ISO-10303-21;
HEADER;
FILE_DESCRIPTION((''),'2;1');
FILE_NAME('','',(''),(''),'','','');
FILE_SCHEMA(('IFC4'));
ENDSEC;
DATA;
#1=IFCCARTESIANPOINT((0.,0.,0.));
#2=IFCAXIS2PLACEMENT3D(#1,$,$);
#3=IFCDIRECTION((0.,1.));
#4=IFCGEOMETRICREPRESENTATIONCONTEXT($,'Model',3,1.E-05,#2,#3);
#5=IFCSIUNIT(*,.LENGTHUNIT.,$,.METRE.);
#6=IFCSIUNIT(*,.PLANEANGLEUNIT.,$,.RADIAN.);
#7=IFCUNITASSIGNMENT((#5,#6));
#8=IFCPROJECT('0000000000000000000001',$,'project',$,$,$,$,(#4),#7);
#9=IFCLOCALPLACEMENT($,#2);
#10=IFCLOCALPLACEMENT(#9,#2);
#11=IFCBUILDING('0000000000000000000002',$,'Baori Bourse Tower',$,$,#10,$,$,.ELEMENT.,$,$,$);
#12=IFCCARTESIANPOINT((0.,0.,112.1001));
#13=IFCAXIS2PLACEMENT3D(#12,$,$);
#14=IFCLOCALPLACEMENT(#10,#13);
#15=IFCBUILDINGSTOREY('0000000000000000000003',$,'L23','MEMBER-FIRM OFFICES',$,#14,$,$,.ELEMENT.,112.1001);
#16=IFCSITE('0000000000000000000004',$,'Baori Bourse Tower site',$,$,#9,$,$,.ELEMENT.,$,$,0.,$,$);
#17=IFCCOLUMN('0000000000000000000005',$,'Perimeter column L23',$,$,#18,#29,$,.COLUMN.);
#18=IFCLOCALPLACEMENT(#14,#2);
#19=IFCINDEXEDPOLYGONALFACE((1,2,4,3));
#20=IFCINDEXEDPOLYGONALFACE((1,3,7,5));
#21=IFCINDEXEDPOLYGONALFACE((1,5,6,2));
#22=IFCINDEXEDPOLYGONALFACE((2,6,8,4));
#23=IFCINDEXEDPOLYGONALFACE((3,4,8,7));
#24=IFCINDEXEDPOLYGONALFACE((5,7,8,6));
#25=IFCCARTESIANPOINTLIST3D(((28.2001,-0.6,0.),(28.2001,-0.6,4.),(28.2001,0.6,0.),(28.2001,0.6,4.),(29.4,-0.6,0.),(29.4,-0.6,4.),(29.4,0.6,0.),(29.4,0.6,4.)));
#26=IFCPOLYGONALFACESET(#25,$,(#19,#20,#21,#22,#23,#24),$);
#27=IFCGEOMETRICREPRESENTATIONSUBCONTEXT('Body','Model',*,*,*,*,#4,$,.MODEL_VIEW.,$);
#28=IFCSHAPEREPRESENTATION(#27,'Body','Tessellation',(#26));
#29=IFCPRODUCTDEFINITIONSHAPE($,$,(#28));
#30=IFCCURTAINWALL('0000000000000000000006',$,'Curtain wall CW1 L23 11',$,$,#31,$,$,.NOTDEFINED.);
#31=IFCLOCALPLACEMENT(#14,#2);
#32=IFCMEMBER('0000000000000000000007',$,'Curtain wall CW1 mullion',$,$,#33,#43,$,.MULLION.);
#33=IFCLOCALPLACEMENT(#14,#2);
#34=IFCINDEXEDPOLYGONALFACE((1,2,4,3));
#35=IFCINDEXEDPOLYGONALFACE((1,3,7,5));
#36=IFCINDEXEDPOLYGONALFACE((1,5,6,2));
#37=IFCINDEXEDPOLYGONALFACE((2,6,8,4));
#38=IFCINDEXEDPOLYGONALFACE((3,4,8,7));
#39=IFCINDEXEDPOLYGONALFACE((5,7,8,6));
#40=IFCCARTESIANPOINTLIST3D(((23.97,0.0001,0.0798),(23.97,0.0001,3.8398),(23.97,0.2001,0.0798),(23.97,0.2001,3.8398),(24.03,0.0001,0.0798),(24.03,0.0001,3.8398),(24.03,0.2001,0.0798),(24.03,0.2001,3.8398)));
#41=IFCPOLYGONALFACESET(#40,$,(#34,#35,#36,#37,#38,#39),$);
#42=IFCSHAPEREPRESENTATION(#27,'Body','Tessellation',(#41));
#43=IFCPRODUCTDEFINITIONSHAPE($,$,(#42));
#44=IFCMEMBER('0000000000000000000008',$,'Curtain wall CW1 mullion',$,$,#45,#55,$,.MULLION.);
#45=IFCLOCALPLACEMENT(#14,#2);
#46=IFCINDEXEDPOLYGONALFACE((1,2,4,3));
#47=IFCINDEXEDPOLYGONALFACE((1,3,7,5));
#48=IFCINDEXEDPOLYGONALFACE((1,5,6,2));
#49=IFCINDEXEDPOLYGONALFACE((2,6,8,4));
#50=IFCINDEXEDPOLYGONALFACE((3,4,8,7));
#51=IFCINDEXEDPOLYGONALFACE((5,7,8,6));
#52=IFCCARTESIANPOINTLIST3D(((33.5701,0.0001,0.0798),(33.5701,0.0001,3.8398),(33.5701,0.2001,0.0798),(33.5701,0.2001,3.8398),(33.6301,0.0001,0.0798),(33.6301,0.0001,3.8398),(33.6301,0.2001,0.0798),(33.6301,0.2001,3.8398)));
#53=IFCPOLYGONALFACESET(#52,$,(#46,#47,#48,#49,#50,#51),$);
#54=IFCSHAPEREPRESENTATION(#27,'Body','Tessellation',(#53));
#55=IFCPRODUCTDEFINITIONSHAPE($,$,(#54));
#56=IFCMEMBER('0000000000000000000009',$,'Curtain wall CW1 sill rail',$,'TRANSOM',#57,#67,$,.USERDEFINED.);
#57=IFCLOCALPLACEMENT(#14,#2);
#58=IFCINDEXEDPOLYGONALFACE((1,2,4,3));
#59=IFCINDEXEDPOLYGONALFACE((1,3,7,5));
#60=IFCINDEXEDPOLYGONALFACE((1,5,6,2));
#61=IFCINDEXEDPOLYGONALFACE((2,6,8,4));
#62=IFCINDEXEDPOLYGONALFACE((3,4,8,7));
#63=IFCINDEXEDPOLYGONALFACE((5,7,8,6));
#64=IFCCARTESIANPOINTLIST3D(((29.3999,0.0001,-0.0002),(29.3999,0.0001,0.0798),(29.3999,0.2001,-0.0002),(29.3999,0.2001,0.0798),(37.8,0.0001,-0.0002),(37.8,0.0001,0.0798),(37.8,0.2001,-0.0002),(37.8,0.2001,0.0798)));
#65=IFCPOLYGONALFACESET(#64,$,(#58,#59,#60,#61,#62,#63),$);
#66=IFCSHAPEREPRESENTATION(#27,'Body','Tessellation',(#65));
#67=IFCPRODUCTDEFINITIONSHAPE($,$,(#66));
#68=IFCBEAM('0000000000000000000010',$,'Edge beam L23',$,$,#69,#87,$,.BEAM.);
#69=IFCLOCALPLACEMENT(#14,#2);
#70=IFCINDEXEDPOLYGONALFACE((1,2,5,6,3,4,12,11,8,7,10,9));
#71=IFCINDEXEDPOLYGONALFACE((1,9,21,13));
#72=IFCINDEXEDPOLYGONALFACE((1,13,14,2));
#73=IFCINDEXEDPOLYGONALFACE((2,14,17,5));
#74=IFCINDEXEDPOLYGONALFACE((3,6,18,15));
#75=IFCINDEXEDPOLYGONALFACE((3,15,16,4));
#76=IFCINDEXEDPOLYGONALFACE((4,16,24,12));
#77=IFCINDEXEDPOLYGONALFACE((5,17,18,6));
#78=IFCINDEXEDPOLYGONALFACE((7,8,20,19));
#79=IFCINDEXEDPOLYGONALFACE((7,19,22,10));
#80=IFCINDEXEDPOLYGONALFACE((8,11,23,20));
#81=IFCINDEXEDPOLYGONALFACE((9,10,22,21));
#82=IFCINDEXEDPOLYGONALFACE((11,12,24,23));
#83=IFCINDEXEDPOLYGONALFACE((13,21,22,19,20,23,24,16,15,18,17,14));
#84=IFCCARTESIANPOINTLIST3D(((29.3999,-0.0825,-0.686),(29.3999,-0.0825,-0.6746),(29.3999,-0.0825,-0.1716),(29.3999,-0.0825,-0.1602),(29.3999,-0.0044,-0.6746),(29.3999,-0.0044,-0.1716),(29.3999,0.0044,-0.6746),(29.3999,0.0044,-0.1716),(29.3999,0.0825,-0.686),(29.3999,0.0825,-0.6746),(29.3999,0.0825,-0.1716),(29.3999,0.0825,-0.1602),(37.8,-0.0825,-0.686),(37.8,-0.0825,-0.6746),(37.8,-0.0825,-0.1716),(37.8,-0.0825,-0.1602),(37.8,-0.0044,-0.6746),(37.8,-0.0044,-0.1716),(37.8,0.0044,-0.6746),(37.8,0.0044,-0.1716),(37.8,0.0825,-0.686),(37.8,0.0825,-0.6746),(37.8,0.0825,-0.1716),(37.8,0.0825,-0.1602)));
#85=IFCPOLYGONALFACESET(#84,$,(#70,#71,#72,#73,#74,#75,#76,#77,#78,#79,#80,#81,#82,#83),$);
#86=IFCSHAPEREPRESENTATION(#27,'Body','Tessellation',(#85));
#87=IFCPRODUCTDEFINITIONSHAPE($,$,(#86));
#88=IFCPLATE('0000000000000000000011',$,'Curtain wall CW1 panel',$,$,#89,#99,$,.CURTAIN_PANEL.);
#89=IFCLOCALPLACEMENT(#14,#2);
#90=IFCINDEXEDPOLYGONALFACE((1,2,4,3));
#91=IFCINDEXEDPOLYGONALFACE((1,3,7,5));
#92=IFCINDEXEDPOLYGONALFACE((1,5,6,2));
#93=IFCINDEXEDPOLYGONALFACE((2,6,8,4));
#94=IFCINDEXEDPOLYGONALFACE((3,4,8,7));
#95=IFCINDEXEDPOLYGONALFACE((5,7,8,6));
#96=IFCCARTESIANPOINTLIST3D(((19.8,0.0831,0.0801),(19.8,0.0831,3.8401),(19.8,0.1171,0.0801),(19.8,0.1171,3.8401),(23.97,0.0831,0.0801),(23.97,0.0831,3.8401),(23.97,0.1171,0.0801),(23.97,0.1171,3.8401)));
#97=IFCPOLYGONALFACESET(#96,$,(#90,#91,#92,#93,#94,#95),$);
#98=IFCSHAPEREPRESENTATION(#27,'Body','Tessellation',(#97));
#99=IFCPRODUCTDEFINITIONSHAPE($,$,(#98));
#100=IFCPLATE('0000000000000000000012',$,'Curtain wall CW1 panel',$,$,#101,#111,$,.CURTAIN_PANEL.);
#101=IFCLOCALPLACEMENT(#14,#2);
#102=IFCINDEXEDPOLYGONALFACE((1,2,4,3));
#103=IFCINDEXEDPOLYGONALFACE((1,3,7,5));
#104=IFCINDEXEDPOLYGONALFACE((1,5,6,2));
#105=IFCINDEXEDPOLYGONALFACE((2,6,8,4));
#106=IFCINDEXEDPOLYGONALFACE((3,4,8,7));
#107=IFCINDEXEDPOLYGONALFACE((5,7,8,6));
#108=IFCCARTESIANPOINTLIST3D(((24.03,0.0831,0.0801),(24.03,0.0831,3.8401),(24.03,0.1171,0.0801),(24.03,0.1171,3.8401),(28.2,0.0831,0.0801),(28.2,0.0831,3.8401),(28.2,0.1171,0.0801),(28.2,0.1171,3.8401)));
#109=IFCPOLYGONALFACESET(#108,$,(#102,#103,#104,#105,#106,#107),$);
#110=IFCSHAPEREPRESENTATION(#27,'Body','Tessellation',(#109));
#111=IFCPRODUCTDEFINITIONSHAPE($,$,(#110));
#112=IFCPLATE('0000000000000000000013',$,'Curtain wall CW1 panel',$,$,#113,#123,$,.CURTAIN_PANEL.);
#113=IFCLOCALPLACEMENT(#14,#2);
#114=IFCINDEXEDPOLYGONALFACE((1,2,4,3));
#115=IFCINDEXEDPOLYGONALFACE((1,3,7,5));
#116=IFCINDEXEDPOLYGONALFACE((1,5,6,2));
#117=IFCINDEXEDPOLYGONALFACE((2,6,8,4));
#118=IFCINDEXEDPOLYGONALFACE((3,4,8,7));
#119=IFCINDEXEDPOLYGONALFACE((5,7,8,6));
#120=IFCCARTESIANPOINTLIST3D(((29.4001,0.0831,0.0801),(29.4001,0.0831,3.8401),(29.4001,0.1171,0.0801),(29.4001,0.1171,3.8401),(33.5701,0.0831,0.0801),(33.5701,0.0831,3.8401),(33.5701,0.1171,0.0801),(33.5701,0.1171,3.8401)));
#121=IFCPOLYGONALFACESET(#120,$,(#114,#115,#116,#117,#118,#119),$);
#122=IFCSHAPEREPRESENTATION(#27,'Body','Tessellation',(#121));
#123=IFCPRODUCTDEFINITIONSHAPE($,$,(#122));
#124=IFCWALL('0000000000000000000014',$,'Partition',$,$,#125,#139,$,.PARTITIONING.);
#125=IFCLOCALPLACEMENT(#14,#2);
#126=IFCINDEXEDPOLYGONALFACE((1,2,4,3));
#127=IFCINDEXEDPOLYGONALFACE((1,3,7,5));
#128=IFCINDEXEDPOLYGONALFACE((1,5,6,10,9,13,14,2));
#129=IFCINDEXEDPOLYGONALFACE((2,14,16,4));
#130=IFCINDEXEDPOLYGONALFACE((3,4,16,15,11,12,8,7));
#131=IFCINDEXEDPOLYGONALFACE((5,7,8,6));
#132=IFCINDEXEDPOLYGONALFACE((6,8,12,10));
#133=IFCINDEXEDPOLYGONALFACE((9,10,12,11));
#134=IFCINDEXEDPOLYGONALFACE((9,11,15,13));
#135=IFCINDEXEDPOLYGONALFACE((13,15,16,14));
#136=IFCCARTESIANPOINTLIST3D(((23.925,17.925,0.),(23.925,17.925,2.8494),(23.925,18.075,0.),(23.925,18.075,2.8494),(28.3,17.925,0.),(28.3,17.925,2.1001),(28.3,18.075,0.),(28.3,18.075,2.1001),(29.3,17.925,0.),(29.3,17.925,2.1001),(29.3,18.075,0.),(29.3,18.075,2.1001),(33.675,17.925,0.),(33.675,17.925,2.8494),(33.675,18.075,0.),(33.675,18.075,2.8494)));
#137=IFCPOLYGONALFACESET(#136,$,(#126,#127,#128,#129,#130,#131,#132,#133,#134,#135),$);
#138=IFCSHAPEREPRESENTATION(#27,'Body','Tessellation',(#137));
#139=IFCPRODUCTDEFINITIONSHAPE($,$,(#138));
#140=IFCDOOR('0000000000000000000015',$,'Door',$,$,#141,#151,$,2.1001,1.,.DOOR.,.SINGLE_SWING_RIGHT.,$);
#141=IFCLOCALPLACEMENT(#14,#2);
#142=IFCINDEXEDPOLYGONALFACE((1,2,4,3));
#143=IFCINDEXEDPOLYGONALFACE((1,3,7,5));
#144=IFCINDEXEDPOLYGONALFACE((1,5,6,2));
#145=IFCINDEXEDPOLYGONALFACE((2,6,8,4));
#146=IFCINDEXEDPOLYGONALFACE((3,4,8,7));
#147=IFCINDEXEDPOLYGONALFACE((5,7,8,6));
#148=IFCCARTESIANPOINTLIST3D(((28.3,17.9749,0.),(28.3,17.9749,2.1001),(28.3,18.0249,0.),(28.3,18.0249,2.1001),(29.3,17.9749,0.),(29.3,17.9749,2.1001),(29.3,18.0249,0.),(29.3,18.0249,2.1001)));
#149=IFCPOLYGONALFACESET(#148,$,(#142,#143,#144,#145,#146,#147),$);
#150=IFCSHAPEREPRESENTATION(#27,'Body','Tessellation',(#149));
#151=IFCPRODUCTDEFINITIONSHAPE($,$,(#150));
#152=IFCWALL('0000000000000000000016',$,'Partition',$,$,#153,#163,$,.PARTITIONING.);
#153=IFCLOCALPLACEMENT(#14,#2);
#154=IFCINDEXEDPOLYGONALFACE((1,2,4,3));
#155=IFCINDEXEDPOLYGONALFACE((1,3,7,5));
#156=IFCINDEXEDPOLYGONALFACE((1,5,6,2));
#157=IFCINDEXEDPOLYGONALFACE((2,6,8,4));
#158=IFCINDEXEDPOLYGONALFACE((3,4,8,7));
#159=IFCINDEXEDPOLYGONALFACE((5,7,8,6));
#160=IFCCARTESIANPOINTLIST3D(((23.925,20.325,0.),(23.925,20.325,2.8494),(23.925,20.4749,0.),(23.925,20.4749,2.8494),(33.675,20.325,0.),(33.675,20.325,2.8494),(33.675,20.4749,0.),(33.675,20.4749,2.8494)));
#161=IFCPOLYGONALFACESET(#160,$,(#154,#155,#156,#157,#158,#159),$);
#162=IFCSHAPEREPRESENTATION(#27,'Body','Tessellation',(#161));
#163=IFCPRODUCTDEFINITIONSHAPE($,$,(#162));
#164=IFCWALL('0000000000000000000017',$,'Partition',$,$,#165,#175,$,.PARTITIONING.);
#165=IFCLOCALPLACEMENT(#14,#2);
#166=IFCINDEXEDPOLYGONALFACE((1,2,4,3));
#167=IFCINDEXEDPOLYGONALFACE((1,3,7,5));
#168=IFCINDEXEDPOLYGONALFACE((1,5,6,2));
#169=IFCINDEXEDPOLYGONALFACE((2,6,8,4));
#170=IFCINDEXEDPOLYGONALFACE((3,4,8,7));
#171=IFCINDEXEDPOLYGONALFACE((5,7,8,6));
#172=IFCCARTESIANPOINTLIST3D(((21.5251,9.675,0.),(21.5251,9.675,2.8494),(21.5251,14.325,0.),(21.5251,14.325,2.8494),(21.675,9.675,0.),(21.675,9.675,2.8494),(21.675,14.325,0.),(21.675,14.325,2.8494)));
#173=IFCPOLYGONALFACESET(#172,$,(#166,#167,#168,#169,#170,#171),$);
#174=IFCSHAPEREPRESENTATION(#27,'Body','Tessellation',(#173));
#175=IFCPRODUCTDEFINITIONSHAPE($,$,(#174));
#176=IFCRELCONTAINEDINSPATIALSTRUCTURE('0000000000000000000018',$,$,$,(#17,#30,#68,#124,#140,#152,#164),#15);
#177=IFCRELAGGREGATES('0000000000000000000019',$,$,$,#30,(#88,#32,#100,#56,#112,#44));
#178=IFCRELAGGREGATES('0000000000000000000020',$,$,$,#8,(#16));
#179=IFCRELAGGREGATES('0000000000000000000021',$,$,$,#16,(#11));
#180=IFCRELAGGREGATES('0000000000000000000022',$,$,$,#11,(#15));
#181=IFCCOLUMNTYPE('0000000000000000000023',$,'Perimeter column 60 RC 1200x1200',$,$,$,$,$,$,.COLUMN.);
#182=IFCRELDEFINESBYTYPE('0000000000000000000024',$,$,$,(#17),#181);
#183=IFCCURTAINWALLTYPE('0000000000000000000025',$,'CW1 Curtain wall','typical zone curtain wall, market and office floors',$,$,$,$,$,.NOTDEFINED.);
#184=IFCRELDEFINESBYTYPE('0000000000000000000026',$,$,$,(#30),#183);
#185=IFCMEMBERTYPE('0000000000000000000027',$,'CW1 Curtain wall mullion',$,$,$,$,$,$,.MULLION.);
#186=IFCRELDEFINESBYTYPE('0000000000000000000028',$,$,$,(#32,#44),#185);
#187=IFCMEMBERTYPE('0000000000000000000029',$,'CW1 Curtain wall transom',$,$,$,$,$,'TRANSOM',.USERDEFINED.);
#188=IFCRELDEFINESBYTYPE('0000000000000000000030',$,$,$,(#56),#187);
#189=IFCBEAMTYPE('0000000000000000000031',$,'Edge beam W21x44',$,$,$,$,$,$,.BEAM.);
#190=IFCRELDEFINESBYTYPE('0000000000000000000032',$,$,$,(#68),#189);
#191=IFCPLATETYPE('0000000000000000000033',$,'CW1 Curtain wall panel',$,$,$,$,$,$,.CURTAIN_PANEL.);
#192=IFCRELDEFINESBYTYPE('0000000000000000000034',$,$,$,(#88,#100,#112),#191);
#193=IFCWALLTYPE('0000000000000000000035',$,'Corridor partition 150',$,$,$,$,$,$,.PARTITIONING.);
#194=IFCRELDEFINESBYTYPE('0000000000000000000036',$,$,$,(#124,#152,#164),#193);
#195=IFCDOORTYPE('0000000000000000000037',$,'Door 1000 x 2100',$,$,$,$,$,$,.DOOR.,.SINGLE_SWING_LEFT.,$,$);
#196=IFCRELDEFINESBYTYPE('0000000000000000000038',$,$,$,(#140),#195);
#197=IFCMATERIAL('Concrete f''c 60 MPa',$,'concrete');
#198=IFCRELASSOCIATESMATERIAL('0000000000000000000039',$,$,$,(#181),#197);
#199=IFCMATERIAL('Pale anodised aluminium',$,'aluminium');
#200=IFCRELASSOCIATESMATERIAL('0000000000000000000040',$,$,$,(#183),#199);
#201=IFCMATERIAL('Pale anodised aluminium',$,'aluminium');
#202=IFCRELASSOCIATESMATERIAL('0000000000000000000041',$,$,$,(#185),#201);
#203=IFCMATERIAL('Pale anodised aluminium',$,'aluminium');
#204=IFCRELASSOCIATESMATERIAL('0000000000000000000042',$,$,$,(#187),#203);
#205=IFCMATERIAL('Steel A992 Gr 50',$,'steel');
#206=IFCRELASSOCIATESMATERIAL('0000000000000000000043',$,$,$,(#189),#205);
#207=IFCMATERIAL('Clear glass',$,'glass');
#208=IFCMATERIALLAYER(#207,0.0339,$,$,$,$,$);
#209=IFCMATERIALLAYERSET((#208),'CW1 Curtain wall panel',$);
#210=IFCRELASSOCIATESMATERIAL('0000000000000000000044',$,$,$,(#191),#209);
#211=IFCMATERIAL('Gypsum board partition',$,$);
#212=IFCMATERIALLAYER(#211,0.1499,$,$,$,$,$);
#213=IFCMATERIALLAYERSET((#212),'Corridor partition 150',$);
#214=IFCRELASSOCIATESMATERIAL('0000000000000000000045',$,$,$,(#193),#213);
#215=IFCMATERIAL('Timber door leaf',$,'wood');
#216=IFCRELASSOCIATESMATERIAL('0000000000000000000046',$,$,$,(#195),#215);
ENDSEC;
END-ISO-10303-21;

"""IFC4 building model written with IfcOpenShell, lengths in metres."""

from ifc_helpers import new_model, si_unit, direction, frame, frame_2d, origin, origin_2d, place, context, subcontext, project, spatial, rectangle, i_section, extrude, material, layer, layer_set, material_profile, profile_set, type_object, element, fill, aggregate, save


model = new_model("IFC4")

# Units and contexts
model_context = context("Model", 3, precision=1e-05, world=origin(), true_north=direction((0.0, 1.0)))
body_context = subcontext(model_context, "Body", "Model", "MODEL_VIEW")
ifc_project = project(units=[si_unit("LENGTHUNIT", "METRE"), si_unit("PLANEANGLEUNIT", "RADIAN")], contexts=[model_context])

# Site, building, storey
site_placement = place(None, origin())
site = spatial("IfcSite", under=ifc_project, at=site_placement, Name="Baori Bourse Tower site", CompositionType="ELEMENT", RefElevation=0.0)
building_placement = place(site_placement, origin())
building = spatial("IfcBuilding", under=site, at=building_placement, Name="Baori Bourse Tower", CompositionType="ELEMENT")
storey_placement = place(building_placement, frame((0.0, 0.0, 112.1001)))
storey = spatial("IfcBuildingStorey", under=building, at=storey_placement, Name="L23", Description="MEMBER-FIRM OFFICES", CompositionType="ELEMENT", Elevation=112.1001)

# Column
ifc_material_1 = material(Name="Concrete f'c 60 MPa", Category="concrete")
ifc_material_profile_1 = material_profile(ifc_material_1, rectangle(XDim=1.2, YDim=1.2, at=origin_2d()), Name="RC 1200x1200")
ifc_profile_set_1 = profile_set([ifc_material_profile_1], Name="Concrete f'c 60 MPa")
column_type = type_object("IfcColumnType", Name="Perimeter column 60 RC 1200x1200", PredefinedType="COLUMN", material=ifc_profile_set_1)
column_placement = place(storey_placement, frame((28.8, 0.0, 0.0), z_axis=(0.0, 0.0, 1.0), x_axis=(1.0, 0.0, 0.0)))
element("IfcColumn", 1, at=column_placement, inside=storey, type_object=column_type, Name="Perimeter column L23", PredefinedType="COLUMN", context=body_context, shape_type="SweptSolid", body=[
    extrude(rectangle(XDim=1.2, YDim=1.2, at=origin_2d()), origin(), (0.0, 0.0, 1.0), 4.0),
])

# Curtain wall, members
ifc_material_2 = material(Name="Pale anodised aluminium", Category="aluminium")
curtain_wall_type = type_object("IfcCurtainWallType", Name="CW1 Curtain wall", Description="typical zone curtain wall, market and office floors", PredefinedType="NOTDEFINED", material=ifc_material_2)
curtain_wall_placement = place(storey_placement, origin())
curtain_wall = element("IfcCurtainWall", 2, at=curtain_wall_placement, inside=storey, type_object=curtain_wall_type, Name="Curtain wall CW1 L23 11", PredefinedType="NOTDEFINED")
ifc_material_3 = material(Name="Pale anodised aluminium", Category="aluminium")
ifc_material_profile_2 = material_profile(ifc_material_3, rectangle(XDim=0.2, YDim=0.0601, at=origin_2d()), Name="Mullion 60x200")
ifc_profile_set_2 = profile_set([ifc_material_profile_2], Name="Pale anodised aluminium")
member_type_1 = type_object("IfcMemberType", Name="CW1 Curtain wall mullion", PredefinedType="MULLION", material=ifc_profile_set_2)
member_1_placement = place(storey_placement, frame((24.0, 0.1001, 0.0798), z_axis=(0.0, 0.0, 1.0), x_axis=(0.0, 1.0, 0.0)))
member_1 = element("IfcMember", 3, at=member_1_placement, type_object=member_type_1, Name="Curtain wall CW1 mullion", PredefinedType="MULLION", context=body_context, shape_type="SweptSolid", body=[
    extrude(rectangle(XDim=0.2, YDim=0.0601, at=origin_2d()), origin(), (0.0, 0.0, 1.0), 3.76),
])
member_2_placement = place(storey_placement, frame((33.6001, 0.1001, 0.0798), z_axis=(0.0, 0.0, 1.0), x_axis=(0.0, 1.0, 0.0)))
member_2 = element("IfcMember", 4, at=member_2_placement, type_object=member_type_1, Name="Curtain wall CW1 mullion", PredefinedType="MULLION", context=body_context, shape_type="SweptSolid", body=[
    extrude(rectangle(XDim=0.2, YDim=0.0601, at=origin_2d()), origin(), (0.0, 0.0, 1.0), 3.76),
])
ifc_material_4 = material(Name="Pale anodised aluminium", Category="aluminium")
ifc_material_profile_3 = material_profile(ifc_material_4, rectangle(XDim=0.2, YDim=0.0801, at=origin_2d()), Name="Transom 80x200")
ifc_profile_set_3 = profile_set([ifc_material_profile_3], Name="Pale anodised aluminium")
member_type_2 = type_object("IfcMemberType", Name="CW1 Curtain wall transom", ElementType="TRANSOM", PredefinedType="USERDEFINED", material=ifc_profile_set_3)
member_3_placement = place(storey_placement, frame((29.3999, 0.1001, 0.0398), z_axis=(1.0, 0.0, 0.0), x_axis=(0.0, 1.0, 0.0)))
member_3 = element("IfcMember", 5, at=member_3_placement, type_object=member_type_2, Name="Curtain wall CW1 sill rail", ObjectType="TRANSOM", PredefinedType="USERDEFINED", context=body_context, shape_type="SweptSolid", body=[
    extrude(rectangle(XDim=0.2, YDim=0.0801, at=origin_2d()), origin(), (0.0, 0.0, 1.0), 8.4001),
])

# Beam
ifc_material_5 = material(Name="Steel A992 Gr 50", Category="steel")
ifc_material_profile_4 = material_profile(ifc_material_5, i_section(OverallWidth=0.165, OverallDepth=0.5259, WebThickness=0.0088, FlangeThickness=0.0115, at=origin_2d()), Name="W21x44")
ifc_profile_set_4 = profile_set([ifc_material_profile_4], Name="Steel A992 Gr 50")
beam_type = type_object("IfcBeamType", Name="Edge beam W21x44", PredefinedType="BEAM", material=ifc_profile_set_4)
beam_placement = place(storey_placement, frame((29.3999, 0.0, -0.4231), z_axis=(1.0, 0.0, 0.0), x_axis=(0.0, 1.0, 0.0)))
element("IfcBeam", 6, at=beam_placement, inside=storey, type_object=beam_type, Name="Edge beam L23", PredefinedType="BEAM", context=body_context, shape_type="SweptSolid", body=[
    extrude(i_section(OverallWidth=0.165, OverallDepth=0.5259, WebThickness=0.0088, FlangeThickness=0.0115, at=origin_2d()), origin(), (0.0, 0.0, 1.0), 8.4001),
])

# Plates
ifc_material_6 = material(Name="Clear glass", Category="glass")
ifc_layer_1 = layer(ifc_material_6, 0.0339)
ifc_layer_set_1 = layer_set([ifc_layer_1], Name="CW1 Curtain wall panel")
plate_type = type_object("IfcPlateType", Name="CW1 Curtain wall panel", PredefinedType="CURTAIN_PANEL", material=ifc_layer_set_1)
plate_1_placement = place(storey_placement, frame((21.885, 0.1001, 0.0801), z_axis=(0.0, 0.0, 1.0), x_axis=(1.0, 0.0, 0.0)))
plate_1 = element("IfcPlate", 7, at=plate_1_placement, type_object=plate_type, Name="Curtain wall CW1 panel", PredefinedType="CURTAIN_PANEL", context=body_context, shape_type="SweptSolid", body=[
    extrude(rectangle(XDim=4.1699, YDim=0.0339, at=origin_2d()), origin(), (0.0, 0.0, 1.0), 3.76),
])
plate_2_placement = place(storey_placement, frame((26.115, 0.1001, 0.0801), z_axis=(0.0, 0.0, 1.0), x_axis=(1.0, 0.0, 0.0)))
plate_2 = element("IfcPlate", 8, at=plate_2_placement, type_object=plate_type, Name="Curtain wall CW1 panel", PredefinedType="CURTAIN_PANEL", context=body_context, shape_type="SweptSolid", body=[
    extrude(rectangle(XDim=4.1699, YDim=0.0339, at=origin_2d()), origin(), (0.0, 0.0, 1.0), 3.76),
])
plate_3_placement = place(storey_placement, frame((31.4851, 0.1001, 0.0801), z_axis=(0.0, 0.0, 1.0), x_axis=(1.0, 0.0, 0.0)))
plate_3 = element("IfcPlate", 9, at=plate_3_placement, type_object=plate_type, Name="Curtain wall CW1 panel", PredefinedType="CURTAIN_PANEL", context=body_context, shape_type="SweptSolid", body=[
    extrude(rectangle(XDim=4.1699, YDim=0.0339, at=origin_2d()), origin(), (0.0, 0.0, 1.0), 3.76),
])
aggregate(curtain_wall, [plate_1, member_1, plate_2, member_3, plate_3, member_2])

# Wall, opening, door
ifc_material_7 = material(Name="Gypsum board partition")
ifc_layer_2 = layer(ifc_material_7, 0.1499)
ifc_layer_set_2 = layer_set([ifc_layer_2], Name="Corridor partition 150")
wall_type_1 = type_object("IfcWallType", Name="Corridor partition 150", PredefinedType="PARTITIONING", material=ifc_layer_set_2)
wall_1_placement = place(storey_placement, frame((23.925, 18.0, 0.0), z_axis=(0.0, 0.0, 1.0), x_axis=(1.0, 0.0, 0.0)))
wall_1 = element("IfcWall", 10, at=wall_1_placement, inside=storey, type_object=wall_type_1, Name="Partition", PredefinedType="PARTITIONING", context=body_context, shape_type="SweptSolid", body=[
    extrude(rectangle(XDim=9.75, YDim=0.1499, at=frame_2d((4.875, 0.0))), origin(), (0.0, 0.0, 1.0), 2.8494),
])
opening_1_placement = place(wall_1_placement, frame((4.375, 0.0, 0.0)))
opening_1 = element("IfcOpeningElement", 11, at=opening_1_placement, cuts=wall_1, PredefinedType="OPENING", context=body_context, shape_type="SweptSolid", body=[
    extrude(rectangle(XDim=1.0, YDim=2.1001, at=frame_2d((0.5, 1.05))), frame((0.0, 0.085, 0.0), z_axis=(0.0, -1.0, 0.0), x_axis=(1.0, 0.0, 0.0)), (0.0, 0.0, 1.0), 0.1699),
])
ifc_material_8 = material(Name="Timber door leaf", Category="wood")
door_type = type_object("IfcDoorType", Name="Door 1000 x 2100", OperationType="SINGLE_SWING_LEFT", PredefinedType="DOOR", material=ifc_material_8)
door_1_placement = place(opening_1_placement, origin())
door_1 = element("IfcDoor", 12, at=door_1_placement, inside=storey, type_object=door_type, Name="Door", OperationType="SINGLE_SWING_RIGHT", OverallHeight=2.1001, OverallWidth=1.0, PredefinedType="DOOR", context=body_context, shape_type="SweptSolid", body=[
    extrude(rectangle(XDim=1.0, YDim=2.1001, at=frame_2d((0.5, 1.05))), frame((0.0, 0.0249, 0.0), z_axis=(0.0, -1.0, 0.0), x_axis=(1.0, 0.0, 0.0)), (0.0, 0.0, 1.0), 0.05),
])
fill(opening_1, door_1)

# Walls
wall_2_placement = place(storey_placement, frame((23.925, 20.3999, 0.0), z_axis=(0.0, 0.0, 1.0), x_axis=(1.0, 0.0, 0.0)))
element("IfcWall", 13, at=wall_2_placement, inside=storey, type_object=wall_type_1, Name="Partition", PredefinedType="PARTITIONING", context=body_context, shape_type="SweptSolid", body=[
    extrude(rectangle(XDim=9.75, YDim=0.1499, at=frame_2d((4.875, 0.0))), origin(), (0.0, 0.0, 1.0), 2.8494),
])
wall_3_placement = place(storey_placement, frame((21.6001, 9.675, 0.0), z_axis=(0.0, 0.0, 1.0), x_axis=(0.0, 1.0, 0.0)))
element("IfcWall", 14, at=wall_3_placement, inside=storey, type_object=wall_type_1, Name="Partition", PredefinedType="PARTITIONING", context=body_context, shape_type="SweptSolid", body=[
    extrude(rectangle(XDim=4.6499, YDim=0.1499, at=frame_2d((2.325, 0.0))), origin(), (0.0, 0.0, 1.0), 2.8494),
])

save(model, "model.ifc")
